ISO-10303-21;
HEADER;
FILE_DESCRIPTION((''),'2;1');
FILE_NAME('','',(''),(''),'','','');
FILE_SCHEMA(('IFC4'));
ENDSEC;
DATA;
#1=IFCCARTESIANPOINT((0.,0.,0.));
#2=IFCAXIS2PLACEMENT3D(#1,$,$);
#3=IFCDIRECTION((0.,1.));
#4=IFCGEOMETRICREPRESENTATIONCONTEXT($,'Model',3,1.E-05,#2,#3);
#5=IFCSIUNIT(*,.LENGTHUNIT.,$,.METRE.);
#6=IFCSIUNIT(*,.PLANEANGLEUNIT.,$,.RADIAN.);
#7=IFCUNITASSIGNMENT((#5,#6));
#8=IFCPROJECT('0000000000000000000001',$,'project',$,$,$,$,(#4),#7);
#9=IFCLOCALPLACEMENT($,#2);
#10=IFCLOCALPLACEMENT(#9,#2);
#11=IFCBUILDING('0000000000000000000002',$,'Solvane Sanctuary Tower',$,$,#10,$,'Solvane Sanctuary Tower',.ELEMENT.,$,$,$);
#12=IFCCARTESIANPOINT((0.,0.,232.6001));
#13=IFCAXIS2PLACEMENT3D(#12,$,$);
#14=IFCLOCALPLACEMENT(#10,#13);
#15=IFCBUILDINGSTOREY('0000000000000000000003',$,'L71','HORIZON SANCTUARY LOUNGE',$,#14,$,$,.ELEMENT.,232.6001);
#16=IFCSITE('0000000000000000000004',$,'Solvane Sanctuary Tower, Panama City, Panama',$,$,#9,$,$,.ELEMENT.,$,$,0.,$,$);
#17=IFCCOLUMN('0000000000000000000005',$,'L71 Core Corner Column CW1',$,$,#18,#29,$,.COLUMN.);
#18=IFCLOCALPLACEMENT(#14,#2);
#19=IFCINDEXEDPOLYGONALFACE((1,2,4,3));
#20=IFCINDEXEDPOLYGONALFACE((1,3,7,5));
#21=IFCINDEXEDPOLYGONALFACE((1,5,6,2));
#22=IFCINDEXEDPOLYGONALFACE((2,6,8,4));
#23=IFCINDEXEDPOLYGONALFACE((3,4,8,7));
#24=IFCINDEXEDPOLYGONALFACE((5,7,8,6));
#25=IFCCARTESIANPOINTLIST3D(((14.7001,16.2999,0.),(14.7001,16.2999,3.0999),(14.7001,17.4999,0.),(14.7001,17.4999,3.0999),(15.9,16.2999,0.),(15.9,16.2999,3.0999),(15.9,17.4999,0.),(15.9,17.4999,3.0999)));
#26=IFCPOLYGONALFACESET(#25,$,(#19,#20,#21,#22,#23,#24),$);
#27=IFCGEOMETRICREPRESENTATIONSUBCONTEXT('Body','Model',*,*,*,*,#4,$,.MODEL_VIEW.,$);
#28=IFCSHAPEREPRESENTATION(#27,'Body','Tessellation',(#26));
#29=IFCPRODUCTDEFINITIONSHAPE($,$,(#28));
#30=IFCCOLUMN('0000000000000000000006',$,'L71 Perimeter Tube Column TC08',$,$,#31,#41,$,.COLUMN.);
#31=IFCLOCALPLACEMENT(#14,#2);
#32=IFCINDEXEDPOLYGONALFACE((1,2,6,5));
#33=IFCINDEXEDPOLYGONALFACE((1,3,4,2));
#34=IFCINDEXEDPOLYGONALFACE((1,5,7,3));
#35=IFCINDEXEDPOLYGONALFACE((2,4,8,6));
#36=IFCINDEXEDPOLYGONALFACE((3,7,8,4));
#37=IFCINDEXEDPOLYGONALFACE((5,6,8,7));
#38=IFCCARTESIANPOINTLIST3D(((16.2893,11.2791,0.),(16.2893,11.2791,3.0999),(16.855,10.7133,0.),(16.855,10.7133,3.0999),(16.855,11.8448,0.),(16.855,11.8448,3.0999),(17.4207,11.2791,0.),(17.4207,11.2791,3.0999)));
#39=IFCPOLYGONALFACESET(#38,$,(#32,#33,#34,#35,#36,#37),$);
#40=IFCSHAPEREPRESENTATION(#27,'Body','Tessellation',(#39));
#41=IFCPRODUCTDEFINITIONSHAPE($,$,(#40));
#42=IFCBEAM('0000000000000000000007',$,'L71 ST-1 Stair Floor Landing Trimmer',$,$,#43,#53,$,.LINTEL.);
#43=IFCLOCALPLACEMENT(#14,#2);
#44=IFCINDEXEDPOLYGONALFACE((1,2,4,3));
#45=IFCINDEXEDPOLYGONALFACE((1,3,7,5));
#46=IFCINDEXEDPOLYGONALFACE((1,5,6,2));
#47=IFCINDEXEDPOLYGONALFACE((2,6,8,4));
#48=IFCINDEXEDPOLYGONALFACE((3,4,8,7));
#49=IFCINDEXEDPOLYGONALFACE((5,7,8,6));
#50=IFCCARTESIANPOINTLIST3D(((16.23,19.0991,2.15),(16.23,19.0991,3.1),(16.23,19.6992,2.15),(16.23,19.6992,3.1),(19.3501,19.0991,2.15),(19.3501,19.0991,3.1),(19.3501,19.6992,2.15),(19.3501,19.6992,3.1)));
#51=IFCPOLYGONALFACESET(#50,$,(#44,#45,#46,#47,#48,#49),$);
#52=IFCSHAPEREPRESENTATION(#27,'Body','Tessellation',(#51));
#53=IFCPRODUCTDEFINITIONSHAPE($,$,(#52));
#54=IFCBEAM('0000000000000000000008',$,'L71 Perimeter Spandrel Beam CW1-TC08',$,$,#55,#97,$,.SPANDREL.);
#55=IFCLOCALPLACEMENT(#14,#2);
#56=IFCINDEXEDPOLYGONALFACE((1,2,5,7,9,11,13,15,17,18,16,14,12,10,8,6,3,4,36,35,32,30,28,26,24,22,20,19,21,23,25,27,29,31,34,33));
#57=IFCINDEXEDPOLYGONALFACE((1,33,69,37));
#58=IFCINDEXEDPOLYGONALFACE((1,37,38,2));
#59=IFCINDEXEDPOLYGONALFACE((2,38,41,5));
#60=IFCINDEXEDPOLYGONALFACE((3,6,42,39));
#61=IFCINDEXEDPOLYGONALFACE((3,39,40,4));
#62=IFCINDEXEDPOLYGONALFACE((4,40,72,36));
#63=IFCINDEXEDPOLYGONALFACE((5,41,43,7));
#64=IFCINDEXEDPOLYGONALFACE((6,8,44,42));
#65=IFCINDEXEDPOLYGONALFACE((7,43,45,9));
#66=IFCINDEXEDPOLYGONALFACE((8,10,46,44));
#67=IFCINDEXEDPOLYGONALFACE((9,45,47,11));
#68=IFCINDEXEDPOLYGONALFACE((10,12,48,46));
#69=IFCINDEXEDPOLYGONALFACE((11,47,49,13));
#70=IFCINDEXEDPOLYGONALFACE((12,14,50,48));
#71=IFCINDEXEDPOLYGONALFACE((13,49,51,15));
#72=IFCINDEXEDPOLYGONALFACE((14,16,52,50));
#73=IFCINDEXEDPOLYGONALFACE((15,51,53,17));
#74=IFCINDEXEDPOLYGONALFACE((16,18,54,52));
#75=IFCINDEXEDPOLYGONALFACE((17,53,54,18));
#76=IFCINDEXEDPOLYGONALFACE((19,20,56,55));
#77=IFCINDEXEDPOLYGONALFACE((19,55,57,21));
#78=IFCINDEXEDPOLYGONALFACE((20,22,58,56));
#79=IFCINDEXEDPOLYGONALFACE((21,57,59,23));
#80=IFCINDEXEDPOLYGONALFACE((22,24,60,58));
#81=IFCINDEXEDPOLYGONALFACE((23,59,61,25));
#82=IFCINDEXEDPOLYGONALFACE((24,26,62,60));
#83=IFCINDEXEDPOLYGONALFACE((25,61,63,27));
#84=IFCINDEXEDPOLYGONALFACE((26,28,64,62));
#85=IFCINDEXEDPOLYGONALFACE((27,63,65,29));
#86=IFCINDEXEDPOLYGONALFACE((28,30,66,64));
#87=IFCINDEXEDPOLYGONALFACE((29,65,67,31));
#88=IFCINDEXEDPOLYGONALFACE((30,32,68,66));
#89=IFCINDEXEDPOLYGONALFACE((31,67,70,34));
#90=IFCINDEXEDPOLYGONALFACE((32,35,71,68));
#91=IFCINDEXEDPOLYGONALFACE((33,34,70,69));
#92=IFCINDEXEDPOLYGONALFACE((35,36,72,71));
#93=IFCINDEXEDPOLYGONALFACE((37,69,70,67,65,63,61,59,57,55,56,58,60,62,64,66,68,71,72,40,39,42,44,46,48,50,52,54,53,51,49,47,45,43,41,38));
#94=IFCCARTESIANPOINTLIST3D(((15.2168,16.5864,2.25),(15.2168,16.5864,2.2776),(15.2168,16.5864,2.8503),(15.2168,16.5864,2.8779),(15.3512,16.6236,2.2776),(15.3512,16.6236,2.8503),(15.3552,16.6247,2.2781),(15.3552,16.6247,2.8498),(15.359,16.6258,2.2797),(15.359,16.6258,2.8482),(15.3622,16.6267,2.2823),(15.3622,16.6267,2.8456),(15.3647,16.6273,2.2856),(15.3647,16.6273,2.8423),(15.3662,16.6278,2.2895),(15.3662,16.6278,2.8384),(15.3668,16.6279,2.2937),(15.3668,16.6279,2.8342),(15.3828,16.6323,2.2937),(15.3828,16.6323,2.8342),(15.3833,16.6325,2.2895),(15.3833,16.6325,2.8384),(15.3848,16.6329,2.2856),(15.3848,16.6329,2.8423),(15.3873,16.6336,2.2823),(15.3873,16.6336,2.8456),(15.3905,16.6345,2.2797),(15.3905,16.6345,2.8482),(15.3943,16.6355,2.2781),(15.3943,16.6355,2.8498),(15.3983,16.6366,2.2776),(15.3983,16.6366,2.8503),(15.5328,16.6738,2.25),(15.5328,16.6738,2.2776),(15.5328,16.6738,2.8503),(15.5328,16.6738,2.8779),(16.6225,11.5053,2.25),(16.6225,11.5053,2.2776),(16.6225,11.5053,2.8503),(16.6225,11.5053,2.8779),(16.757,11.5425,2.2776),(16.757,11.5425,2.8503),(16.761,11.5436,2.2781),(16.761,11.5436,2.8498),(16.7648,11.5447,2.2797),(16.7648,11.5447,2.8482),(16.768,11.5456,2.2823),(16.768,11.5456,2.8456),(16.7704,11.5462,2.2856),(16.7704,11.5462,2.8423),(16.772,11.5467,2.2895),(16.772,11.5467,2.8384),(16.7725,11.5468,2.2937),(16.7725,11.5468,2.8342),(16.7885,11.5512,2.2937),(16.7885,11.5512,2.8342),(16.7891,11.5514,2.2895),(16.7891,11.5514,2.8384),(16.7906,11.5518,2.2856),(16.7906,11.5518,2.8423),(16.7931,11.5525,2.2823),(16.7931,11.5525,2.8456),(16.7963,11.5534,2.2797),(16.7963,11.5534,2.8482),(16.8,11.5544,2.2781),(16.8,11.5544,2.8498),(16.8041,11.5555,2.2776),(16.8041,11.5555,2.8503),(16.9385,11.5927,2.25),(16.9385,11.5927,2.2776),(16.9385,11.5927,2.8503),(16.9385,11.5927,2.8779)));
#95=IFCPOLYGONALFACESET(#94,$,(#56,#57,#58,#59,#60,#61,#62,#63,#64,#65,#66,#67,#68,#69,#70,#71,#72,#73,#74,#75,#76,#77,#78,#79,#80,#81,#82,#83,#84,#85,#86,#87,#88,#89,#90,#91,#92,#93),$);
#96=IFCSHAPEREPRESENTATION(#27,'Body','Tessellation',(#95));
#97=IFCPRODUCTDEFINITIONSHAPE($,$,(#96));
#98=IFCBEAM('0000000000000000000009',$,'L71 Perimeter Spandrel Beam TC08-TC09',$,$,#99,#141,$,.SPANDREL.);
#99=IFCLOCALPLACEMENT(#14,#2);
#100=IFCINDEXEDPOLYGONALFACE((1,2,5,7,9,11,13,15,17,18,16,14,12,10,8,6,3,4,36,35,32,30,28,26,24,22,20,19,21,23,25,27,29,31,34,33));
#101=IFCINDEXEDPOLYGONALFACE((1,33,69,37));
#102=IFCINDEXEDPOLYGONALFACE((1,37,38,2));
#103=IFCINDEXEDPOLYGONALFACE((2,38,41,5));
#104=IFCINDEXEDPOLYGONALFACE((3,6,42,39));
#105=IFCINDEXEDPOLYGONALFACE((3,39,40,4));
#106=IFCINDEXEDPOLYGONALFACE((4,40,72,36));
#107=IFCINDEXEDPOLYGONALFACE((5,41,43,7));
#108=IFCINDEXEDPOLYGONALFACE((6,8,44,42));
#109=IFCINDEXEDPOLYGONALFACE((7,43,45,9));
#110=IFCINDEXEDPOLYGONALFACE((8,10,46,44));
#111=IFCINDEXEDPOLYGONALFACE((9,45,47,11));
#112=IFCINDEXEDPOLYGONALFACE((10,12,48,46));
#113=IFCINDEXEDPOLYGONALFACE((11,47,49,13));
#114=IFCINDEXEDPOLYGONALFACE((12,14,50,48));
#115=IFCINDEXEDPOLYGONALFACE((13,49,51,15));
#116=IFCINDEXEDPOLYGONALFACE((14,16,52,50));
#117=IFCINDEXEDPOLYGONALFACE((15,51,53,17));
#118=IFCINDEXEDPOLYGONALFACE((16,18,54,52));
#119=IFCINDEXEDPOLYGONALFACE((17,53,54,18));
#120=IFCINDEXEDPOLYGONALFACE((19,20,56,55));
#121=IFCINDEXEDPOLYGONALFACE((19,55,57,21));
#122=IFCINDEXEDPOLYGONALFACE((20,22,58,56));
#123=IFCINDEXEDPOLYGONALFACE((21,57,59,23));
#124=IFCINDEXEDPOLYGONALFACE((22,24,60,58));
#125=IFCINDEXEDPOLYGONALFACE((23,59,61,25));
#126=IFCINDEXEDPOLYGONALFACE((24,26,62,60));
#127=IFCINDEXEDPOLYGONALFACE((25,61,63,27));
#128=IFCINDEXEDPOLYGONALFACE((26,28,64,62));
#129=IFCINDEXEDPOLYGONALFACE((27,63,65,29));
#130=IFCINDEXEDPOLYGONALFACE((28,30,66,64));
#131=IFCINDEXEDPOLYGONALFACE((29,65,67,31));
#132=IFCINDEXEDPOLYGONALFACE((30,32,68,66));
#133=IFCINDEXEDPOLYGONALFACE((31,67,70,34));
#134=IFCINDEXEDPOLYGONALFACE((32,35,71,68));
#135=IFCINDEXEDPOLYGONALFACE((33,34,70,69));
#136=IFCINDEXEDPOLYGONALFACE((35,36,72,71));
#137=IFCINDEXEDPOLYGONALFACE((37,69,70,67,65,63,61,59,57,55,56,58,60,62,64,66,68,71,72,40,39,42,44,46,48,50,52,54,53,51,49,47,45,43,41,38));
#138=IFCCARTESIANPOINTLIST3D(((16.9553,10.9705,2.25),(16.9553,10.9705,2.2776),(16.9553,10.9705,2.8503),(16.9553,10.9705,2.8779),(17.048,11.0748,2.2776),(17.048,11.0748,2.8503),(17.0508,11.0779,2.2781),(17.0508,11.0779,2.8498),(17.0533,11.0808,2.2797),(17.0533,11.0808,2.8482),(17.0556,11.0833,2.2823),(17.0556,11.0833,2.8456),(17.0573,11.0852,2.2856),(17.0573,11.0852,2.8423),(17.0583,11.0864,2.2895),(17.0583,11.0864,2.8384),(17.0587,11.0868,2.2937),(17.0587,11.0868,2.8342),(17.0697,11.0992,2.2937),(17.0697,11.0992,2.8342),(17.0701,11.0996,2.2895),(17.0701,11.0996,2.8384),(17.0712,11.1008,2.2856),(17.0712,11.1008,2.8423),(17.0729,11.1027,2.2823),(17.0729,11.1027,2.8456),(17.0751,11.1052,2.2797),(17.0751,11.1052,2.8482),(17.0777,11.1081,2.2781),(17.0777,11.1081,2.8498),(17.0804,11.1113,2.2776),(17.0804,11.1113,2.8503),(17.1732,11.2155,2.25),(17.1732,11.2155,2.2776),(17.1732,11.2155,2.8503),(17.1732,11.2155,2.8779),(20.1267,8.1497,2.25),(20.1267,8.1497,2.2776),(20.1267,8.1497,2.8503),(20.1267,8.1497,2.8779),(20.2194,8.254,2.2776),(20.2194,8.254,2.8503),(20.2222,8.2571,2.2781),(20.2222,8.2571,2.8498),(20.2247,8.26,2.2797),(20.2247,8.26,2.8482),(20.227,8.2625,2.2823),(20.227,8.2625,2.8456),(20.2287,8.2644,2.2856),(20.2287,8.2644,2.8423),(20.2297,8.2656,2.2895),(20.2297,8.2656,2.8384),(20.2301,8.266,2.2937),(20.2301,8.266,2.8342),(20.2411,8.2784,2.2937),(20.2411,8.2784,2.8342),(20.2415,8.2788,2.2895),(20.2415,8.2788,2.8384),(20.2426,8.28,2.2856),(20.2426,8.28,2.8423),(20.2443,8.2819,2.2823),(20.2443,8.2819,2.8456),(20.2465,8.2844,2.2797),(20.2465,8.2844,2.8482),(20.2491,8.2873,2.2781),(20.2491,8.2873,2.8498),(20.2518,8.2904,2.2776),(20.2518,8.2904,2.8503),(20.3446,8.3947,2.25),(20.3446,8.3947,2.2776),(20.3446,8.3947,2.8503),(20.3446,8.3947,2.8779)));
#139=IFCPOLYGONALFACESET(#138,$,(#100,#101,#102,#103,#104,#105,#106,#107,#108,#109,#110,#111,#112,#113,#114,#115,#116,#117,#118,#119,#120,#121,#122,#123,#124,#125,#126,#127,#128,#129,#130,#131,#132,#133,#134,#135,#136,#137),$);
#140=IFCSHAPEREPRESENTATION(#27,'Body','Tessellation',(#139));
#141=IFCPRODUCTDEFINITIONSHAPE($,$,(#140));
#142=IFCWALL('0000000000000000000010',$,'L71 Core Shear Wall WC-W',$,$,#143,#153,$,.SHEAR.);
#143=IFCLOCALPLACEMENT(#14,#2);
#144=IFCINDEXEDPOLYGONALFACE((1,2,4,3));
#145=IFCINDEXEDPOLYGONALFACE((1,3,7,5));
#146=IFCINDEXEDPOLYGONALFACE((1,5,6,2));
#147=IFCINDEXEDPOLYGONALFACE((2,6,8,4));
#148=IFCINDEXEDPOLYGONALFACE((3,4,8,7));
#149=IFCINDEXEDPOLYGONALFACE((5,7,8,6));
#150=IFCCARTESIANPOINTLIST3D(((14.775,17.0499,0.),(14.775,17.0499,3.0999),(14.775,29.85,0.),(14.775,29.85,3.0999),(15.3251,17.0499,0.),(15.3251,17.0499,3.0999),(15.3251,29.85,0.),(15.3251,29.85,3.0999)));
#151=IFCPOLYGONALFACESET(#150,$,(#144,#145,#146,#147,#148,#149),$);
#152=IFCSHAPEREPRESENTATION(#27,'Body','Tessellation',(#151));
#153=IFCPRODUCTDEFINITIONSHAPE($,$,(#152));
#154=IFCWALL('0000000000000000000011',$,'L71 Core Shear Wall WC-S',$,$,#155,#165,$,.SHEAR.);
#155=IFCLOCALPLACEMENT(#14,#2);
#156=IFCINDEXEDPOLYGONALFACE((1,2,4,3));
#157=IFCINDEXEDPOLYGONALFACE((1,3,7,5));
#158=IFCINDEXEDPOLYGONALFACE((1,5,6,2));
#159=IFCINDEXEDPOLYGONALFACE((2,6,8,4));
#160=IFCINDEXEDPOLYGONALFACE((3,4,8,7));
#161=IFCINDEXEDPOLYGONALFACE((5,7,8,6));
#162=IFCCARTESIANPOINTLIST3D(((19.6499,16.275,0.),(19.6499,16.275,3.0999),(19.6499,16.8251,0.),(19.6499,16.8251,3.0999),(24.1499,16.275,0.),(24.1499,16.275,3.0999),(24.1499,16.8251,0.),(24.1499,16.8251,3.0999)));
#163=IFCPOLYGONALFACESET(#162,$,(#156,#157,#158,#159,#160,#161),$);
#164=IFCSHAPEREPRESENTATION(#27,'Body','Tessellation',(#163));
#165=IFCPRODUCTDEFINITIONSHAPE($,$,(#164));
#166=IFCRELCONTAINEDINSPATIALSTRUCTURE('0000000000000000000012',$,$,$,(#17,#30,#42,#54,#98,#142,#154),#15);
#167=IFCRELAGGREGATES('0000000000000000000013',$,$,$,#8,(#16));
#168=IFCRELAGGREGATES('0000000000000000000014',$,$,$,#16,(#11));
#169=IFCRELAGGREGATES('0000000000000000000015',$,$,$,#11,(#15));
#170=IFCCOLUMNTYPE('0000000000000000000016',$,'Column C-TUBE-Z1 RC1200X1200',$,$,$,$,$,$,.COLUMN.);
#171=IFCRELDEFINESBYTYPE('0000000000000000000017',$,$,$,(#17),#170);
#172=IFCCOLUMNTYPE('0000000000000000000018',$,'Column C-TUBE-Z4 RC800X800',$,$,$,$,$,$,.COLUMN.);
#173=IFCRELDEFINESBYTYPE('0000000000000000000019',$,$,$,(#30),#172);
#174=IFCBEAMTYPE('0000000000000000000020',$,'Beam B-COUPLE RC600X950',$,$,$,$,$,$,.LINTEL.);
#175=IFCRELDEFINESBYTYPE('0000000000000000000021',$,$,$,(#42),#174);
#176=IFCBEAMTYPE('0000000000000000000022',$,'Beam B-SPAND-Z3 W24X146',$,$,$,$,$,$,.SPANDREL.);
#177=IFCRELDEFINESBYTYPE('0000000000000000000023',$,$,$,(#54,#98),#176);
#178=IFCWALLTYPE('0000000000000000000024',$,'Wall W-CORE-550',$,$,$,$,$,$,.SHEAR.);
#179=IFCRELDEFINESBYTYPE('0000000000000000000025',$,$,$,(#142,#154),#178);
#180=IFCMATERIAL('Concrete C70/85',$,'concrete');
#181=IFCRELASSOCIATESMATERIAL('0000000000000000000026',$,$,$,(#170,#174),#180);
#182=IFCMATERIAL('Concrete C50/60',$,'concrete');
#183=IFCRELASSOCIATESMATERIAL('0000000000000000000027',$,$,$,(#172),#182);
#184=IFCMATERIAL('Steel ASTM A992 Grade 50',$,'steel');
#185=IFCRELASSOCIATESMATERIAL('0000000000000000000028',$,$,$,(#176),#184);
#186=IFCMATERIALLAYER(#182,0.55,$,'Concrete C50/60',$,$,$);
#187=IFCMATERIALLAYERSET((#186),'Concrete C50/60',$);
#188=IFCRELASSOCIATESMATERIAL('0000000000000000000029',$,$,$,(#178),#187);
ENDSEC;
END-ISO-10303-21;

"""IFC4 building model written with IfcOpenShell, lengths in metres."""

from ifc_helpers import new_model, si_unit, direction, frame, frame_2d, origin, origin_2d, place, context, subcontext, project, spatial, rectangle, i_section, extrude, material, layer, layer_set, material_profile, profile_set, type_object, element, save


model = new_model("IFC4")

# Units and contexts
model_context = context("Model", 3, precision=1e-05, world=origin(), true_north=direction((0.0, 1.0)))
body_context = subcontext(model_context, "Body", "Model", "MODEL_VIEW")
ifc_project = project(units=[si_unit("LENGTHUNIT", "METRE"), si_unit("PLANEANGLEUNIT", "RADIAN")], contexts=[model_context])

# Site, building, storey
site_placement = place(None, origin())
site = spatial("IfcSite", under=ifc_project, at=site_placement, Name="Solvane Sanctuary Tower, Panama City, Panama", CompositionType="ELEMENT", RefElevation=0.0)
building_placement = place(site_placement, origin())
building = spatial("IfcBuilding", under=site, at=building_placement, Name="Solvane Sanctuary Tower", LongName="Solvane Sanctuary Tower", CompositionType="ELEMENT")
storey_placement = place(building_placement, frame((0.0, 0.0, 232.6001)))
storey = spatial("IfcBuildingStorey", under=building, at=storey_placement, Name="L71", Description="HORIZON SANCTUARY LOUNGE", CompositionType="ELEMENT", Elevation=232.6001)

# Columns
ifc_material_1 = material(Name="Concrete C70/85", Category="concrete")
ifc_material_profile_1 = material_profile(ifc_material_1, rectangle(XDim=1.2, YDim=1.2, at=origin_2d()), Name="RC1200X1200")
ifc_profile_set_1 = profile_set([ifc_material_profile_1], Name="Concrete C70/85")
column_type_1 = type_object("IfcColumnType", Name="Column C-TUBE-Z1 RC1200X1200", PredefinedType="COLUMN", material=ifc_profile_set_1)
column_1_placement = place(storey_placement, frame((15.3, 16.8999, 0.0), z_axis=(0.0, 0.0, 1.0), x_axis=(1.0, 0.0, 0.0)))
element("IfcColumn", 1, at=column_1_placement, inside=storey, type_object=column_type_1, Name="L71 Core Corner Column CW1", PredefinedType="COLUMN", context=body_context, shape_type="SweptSolid", body=[
    extrude(rectangle(XDim=1.2, YDim=1.2, at=origin_2d()), origin(), (0.0, 0.0, 1.0), 3.0999),
])
ifc_material_2 = material(Name="Concrete C50/60", Category="concrete")
ifc_material_profile_2 = material_profile(ifc_material_2, rectangle(XDim=0.8, YDim=0.8, at=origin_2d()), Name="RC800X800")
ifc_profile_set_2 = profile_set([ifc_material_profile_2], Name="Concrete C50/60")
column_type_2 = type_object("IfcColumnType", Name="Column C-TUBE-Z4 RC800X800", PredefinedType="COLUMN", material=ifc_profile_set_2)
column_2_placement = place(storey_placement, frame((16.855, 11.2791, 0.0), z_axis=(0.0, 0.0, 1.0), x_axis=(-0.707107, -0.707107, 0.0)))
element("IfcColumn", 2, at=column_2_placement, inside=storey, type_object=column_type_2, Name="L71 Perimeter Tube Column TC08", PredefinedType="COLUMN", context=body_context, shape_type="SweptSolid", body=[
    extrude(rectangle(XDim=0.8, YDim=0.8, at=origin_2d()), origin(), (0.0, 0.0, 1.0), 3.0999),
])

# Beams
ifc_material_profile_3 = material_profile(ifc_material_1, rectangle(XDim=0.6001, YDim=0.95, at=origin_2d()), Name="RC600X950")
ifc_profile_set_3 = profile_set([ifc_material_profile_3], Name="Concrete C70/85")
beam_type_1 = type_object("IfcBeamType", Name="Beam B-COUPLE RC600X950", PredefinedType="LINTEL", material=ifc_profile_set_3)
beam_1_placement = place(storey_placement, frame((16.23, 19.3992, 2.625), z_axis=(1.0, 0.0, 0.0), x_axis=(0.0, 1.0, 0.0)))
element("IfcBeam", 3, at=beam_1_placement, inside=storey, type_object=beam_type_1, Name="L71 ST-1 Stair Floor Landing Trimmer", PredefinedType="LINTEL", context=body_context, shape_type="SweptSolid", body=[
    extrude(rectangle(XDim=0.6001, YDim=0.95, at=origin_2d()), origin(), (0.0, 0.0, 1.0), 3.1201),
])
ifc_material_3 = material(Name="Steel ASTM A992 Grade 50", Category="steel")
ifc_material_profile_4 = material_profile(ifc_material_3, i_section(OverallWidth=0.3279, OverallDepth=0.6279, WebThickness=0.0166, FlangeThickness=0.0276, FilletRadius=0.0161, at=origin_2d()), Name="W24X146")
ifc_profile_set_4 = profile_set([ifc_material_profile_4], Name="Steel ASTM A992 Grade 50")
beam_type_2 = type_object("IfcBeamType", Name="Beam B-SPAND-Z3 W24X146", PredefinedType="SPANDREL", material=ifc_profile_set_4)
beam_2_placement = place(storey_placement, frame((15.3748, 16.6301, 2.564), z_axis=(0.26665, -0.963793, 0.0), x_axis=(0.963793, 0.26665, 0.0)))
element("IfcBeam", 4, at=beam_2_placement, inside=storey, type_object=beam_type_2, Name="L71 Perimeter Spandrel Beam CW1-TC08", PredefinedType="SPANDREL", context=body_context, shape_type="SweptSolid", body=[
    extrude(i_section(OverallWidth=0.3279, OverallDepth=0.6279, WebThickness=0.0166, FlangeThickness=0.0276, FilletRadius=0.0161, at=origin_2d()), origin(), (0.0, 0.0, 1.0), 5.272),
])
beam_3_placement = place(storey_placement, frame((17.0642, 11.093, 2.564), z_axis=(0.7472, -0.664599, 0.0), x_axis=(0.664599, 0.7472, 0.0)))
element("IfcBeam", 5, at=beam_3_placement, inside=storey, type_object=beam_type_2, Name="L71 Perimeter Spandrel Beam TC08-TC09", PredefinedType="SPANDREL", context=body_context, shape_type="SweptSolid", body=[
    extrude(i_section(OverallWidth=0.3279, OverallDepth=0.6279, WebThickness=0.0166, FlangeThickness=0.0276, FilletRadius=0.0161, at=origin_2d()), origin(), (0.0, 0.0, 1.0), 4.2444),
])

# Walls
ifc_layer_1 = layer(ifc_material_2, 0.55, Name="Concrete C50/60")
ifc_layer_set_1 = layer_set([ifc_layer_1], Name="Concrete C50/60")
wall_type_1 = type_object("IfcWallType", Name="Wall W-CORE-550", PredefinedType="SHEAR", material=ifc_layer_set_1)
wall_1_placement = place(storey_placement, frame((15.05, 17.05, 0.0), z_axis=(0.0, 0.0, 1.0), x_axis=(0.0, 1.0, 0.0)))
element("IfcWall", 6, at=wall_1_placement, inside=storey, type_object=wall_type_1, Name="L71 Core Shear Wall WC-W", PredefinedType="SHEAR", context=body_context, shape_type="SweptSolid", body=[
    extrude(rectangle(XDim=12.8, YDim=0.55, at=frame_2d((6.3999, 0.0))), origin(), (0.0, 0.0, 1.0), 3.0999),
])
wall_2_placement = place(storey_placement, frame((19.6499, 16.55, 0.0), z_axis=(0.0, 0.0, 1.0), x_axis=(1.0, 0.0, 0.0)))
element("IfcWall", 7, at=wall_2_placement, inside=storey, type_object=wall_type_1, Name="L71 Core Shear Wall WC-S", PredefinedType="SHEAR", context=body_context, shape_type="SweptSolid", body=[
    extrude(rectangle(XDim=4.5, YDim=0.55, at=frame_2d((2.25, 0.0))), origin(), (0.0, 0.0, 1.0), 3.0999),
])

save(model, "model.ifc")
